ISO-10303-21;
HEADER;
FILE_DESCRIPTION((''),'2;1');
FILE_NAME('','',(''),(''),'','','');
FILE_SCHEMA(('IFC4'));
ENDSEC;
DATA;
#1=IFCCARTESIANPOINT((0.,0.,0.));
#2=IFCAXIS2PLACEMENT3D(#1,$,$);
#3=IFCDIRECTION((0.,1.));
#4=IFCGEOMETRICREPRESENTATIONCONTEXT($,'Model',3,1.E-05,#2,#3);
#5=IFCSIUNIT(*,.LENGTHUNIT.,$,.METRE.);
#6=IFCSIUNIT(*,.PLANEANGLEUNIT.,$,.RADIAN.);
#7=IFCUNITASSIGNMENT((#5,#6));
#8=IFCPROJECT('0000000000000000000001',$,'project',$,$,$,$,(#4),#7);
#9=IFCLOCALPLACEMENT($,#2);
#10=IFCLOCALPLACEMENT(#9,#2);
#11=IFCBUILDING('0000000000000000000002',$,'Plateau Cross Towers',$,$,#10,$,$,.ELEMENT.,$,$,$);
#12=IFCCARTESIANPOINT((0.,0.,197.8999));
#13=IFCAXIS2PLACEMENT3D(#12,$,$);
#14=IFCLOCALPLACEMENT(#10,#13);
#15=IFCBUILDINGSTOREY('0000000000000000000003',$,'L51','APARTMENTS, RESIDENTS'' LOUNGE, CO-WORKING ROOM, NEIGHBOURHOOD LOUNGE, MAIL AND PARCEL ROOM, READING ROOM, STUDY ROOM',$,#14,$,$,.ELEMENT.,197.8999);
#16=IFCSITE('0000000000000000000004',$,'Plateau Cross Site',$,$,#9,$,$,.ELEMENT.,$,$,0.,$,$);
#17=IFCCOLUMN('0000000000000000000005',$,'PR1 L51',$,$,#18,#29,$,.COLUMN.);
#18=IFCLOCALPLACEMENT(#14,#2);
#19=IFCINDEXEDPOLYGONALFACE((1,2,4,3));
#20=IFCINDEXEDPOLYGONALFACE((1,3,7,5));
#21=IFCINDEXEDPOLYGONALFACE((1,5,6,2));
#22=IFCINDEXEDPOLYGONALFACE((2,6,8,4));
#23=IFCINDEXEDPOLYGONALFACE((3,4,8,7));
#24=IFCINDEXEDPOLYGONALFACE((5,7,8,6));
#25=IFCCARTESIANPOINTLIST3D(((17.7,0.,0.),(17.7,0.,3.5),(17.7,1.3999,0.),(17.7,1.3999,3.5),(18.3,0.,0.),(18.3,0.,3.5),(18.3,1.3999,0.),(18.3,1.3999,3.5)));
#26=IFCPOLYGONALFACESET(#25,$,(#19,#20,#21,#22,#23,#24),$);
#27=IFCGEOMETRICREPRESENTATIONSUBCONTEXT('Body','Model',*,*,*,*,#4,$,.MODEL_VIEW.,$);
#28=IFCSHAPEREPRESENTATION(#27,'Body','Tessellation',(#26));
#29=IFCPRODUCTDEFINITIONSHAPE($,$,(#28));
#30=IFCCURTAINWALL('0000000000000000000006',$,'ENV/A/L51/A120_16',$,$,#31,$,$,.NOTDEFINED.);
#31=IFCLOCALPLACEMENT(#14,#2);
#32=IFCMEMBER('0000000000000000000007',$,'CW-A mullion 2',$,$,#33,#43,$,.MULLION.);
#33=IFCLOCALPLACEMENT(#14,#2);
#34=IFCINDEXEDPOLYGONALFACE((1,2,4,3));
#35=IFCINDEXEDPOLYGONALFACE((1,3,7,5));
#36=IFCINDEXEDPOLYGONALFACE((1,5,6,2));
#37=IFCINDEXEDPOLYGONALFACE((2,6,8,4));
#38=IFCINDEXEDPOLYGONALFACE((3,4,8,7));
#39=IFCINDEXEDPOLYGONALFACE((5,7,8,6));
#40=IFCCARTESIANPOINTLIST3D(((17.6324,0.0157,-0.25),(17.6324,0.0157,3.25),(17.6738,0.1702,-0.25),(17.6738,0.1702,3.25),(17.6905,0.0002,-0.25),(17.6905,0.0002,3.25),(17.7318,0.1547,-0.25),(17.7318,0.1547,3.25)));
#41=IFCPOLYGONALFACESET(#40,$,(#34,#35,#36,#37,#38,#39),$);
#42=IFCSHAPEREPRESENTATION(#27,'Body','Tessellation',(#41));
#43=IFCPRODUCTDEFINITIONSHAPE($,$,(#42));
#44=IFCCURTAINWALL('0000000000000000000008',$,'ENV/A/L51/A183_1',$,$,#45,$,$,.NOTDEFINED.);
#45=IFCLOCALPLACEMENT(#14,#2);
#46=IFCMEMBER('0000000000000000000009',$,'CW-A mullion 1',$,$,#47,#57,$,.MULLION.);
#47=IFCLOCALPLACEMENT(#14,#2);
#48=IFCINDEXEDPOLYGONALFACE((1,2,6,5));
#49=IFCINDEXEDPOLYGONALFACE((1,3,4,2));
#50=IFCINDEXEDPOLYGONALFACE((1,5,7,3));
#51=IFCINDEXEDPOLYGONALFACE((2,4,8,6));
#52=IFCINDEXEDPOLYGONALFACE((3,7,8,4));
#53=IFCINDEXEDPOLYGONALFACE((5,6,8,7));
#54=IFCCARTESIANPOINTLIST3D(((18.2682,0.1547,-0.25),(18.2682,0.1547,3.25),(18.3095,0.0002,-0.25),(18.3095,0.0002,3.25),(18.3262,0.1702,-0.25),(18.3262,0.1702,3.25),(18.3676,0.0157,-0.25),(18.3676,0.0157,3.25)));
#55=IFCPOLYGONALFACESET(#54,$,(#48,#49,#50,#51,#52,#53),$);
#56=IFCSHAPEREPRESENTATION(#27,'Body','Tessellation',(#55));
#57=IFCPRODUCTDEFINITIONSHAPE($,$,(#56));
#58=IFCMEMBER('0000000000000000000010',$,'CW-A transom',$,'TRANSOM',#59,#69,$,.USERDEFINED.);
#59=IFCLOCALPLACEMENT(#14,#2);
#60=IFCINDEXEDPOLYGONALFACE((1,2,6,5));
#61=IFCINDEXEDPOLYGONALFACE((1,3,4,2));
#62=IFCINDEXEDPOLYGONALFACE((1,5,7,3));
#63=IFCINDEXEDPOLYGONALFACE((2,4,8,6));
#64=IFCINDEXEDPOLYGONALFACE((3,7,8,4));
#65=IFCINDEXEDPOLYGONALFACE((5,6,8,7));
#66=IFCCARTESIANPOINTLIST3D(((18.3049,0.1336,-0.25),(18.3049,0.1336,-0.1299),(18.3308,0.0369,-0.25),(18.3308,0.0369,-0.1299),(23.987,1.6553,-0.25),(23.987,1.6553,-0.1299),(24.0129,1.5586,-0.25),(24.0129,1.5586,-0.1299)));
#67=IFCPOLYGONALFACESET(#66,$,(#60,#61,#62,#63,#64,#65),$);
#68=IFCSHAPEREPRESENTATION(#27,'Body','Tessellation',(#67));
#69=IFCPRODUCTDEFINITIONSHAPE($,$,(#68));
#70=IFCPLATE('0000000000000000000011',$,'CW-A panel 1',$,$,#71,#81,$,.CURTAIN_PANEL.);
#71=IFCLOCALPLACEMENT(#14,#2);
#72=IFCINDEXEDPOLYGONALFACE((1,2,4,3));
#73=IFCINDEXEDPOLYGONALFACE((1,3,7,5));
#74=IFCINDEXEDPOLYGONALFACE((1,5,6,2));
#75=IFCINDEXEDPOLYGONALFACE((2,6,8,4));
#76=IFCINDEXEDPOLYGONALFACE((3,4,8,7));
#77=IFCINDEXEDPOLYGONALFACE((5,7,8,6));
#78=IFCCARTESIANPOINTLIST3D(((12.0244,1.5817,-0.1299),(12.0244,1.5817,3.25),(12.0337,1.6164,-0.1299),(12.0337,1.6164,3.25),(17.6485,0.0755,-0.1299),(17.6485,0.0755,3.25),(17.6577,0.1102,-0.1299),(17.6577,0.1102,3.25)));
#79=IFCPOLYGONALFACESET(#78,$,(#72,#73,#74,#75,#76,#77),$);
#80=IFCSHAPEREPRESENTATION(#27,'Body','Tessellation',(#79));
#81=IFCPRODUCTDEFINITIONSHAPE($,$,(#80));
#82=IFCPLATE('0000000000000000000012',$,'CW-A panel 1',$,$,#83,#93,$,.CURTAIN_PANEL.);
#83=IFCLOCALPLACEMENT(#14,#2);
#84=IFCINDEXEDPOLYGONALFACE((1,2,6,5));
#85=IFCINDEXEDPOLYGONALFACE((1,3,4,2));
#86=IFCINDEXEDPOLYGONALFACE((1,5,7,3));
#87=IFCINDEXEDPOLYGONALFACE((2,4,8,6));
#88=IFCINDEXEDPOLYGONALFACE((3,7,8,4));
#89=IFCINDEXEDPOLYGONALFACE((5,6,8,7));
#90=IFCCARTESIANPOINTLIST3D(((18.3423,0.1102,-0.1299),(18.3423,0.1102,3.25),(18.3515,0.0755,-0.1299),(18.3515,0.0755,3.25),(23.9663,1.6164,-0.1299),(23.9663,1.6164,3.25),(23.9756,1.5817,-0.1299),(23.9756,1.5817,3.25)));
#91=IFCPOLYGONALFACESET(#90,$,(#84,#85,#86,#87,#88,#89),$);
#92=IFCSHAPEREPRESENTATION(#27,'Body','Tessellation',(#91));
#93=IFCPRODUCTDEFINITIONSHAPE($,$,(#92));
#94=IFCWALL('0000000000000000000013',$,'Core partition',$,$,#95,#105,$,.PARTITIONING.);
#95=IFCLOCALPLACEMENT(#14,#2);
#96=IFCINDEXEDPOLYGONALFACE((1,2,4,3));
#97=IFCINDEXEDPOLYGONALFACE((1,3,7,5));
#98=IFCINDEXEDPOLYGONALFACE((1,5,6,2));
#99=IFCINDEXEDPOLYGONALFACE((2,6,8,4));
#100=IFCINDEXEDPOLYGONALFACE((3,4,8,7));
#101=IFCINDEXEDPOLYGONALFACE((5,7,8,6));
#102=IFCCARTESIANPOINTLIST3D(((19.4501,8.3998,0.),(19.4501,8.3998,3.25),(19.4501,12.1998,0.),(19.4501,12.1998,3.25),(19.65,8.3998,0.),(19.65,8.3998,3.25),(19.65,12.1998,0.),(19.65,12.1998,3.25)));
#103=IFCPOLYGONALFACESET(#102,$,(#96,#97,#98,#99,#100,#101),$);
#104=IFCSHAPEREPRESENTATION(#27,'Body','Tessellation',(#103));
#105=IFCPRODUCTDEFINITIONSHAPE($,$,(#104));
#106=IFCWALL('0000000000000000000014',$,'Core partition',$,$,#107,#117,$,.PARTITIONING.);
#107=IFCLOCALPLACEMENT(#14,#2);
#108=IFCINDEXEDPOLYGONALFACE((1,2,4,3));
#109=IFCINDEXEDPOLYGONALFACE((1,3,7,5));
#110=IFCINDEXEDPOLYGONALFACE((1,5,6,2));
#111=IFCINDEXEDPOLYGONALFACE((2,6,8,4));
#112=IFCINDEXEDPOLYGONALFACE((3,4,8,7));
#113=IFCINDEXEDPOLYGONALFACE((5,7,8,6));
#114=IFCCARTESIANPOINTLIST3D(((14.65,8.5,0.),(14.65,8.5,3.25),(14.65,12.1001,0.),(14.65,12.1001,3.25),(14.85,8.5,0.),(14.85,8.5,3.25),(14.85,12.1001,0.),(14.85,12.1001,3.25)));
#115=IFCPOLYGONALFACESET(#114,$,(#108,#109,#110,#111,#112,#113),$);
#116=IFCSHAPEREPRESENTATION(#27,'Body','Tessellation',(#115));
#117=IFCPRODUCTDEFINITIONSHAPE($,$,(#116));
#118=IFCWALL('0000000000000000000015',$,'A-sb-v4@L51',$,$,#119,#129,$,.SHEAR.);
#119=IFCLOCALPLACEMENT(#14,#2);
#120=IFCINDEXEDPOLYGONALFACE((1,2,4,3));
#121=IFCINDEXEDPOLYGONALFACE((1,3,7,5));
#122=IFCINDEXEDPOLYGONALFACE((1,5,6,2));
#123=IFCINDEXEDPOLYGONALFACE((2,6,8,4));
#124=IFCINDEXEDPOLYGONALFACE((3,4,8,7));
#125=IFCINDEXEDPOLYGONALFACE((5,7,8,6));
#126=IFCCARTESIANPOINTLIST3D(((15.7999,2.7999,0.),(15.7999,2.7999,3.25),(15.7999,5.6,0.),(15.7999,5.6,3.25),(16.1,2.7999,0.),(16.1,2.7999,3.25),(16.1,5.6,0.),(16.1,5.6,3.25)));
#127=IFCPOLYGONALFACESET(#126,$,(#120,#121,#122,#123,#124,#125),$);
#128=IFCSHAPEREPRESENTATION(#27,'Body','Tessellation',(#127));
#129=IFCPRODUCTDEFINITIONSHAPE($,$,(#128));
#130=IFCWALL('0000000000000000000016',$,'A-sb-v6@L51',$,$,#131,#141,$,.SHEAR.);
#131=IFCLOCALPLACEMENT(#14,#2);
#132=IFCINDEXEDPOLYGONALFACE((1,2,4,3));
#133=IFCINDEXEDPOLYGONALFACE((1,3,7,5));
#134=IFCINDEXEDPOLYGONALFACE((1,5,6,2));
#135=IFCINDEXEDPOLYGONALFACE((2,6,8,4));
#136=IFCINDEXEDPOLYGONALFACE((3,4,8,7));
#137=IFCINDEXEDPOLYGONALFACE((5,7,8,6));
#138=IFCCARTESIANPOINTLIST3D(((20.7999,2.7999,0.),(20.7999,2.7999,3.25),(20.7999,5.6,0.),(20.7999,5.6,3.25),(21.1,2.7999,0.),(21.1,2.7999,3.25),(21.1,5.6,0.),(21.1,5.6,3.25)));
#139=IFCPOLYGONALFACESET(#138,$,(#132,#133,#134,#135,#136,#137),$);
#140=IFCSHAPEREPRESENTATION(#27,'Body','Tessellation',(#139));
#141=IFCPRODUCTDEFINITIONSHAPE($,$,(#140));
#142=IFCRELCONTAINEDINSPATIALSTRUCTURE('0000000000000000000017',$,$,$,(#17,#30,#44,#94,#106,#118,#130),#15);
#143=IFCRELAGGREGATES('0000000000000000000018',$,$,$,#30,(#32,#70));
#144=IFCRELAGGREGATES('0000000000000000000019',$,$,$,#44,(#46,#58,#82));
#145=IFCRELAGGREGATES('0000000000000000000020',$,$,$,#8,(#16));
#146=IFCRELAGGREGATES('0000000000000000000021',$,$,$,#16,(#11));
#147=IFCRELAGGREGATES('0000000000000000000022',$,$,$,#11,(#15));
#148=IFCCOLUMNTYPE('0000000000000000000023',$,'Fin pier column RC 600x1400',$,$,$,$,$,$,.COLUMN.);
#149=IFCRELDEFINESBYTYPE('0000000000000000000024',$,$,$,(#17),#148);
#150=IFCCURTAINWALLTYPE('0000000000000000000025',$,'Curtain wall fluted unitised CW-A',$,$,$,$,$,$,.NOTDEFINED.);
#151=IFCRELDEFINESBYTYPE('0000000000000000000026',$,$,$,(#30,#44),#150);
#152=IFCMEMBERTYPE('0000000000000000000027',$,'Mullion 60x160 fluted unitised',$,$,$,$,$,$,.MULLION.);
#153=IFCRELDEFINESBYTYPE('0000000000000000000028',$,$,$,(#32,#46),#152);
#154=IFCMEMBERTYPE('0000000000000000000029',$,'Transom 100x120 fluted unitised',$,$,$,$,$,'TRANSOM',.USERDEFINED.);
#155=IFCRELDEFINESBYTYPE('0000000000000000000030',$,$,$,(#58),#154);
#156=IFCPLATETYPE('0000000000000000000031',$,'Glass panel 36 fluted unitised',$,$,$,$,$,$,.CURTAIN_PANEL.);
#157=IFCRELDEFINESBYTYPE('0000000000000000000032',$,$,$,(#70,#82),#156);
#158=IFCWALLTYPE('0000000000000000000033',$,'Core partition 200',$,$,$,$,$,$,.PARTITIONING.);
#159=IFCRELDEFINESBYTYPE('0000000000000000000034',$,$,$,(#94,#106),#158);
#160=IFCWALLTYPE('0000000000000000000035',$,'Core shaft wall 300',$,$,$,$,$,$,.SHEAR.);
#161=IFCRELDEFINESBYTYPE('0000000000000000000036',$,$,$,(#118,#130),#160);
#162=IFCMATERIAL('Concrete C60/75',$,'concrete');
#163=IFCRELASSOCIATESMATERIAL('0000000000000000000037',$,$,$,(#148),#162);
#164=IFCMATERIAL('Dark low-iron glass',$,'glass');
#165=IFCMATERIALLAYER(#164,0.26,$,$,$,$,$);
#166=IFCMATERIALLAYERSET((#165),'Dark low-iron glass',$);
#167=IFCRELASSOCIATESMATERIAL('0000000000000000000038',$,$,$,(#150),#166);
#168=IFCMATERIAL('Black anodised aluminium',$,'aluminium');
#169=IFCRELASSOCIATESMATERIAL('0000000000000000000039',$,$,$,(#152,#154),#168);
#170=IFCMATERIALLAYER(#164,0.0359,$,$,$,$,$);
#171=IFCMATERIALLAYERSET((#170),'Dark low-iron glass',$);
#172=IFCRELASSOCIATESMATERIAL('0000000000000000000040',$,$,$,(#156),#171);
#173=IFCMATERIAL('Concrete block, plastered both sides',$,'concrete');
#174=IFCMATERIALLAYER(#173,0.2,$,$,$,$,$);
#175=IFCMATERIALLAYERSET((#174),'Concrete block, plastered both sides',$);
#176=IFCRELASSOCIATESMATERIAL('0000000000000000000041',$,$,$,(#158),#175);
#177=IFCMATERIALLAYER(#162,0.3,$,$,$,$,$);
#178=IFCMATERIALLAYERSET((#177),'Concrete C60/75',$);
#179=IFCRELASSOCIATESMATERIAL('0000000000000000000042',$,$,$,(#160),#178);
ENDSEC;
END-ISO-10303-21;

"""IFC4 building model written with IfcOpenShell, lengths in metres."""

from ifc_helpers import new_model, si_unit, direction, frame, frame_2d, origin, origin_2d, place, context, subcontext, project, spatial, rectangle, extrude, material, layer, layer_set, material_profile, profile_set, type_object, element, aggregate, save


model = new_model("IFC4")

# Units and contexts
model_context = context("Model", 3, precision=1e-05, world=origin(), true_north=direction((0.0, 1.0)))
body_context = subcontext(model_context, "Body", "Model", "MODEL_VIEW")
ifc_project = project(units=[si_unit("LENGTHUNIT", "METRE"), si_unit("PLANEANGLEUNIT", "RADIAN")], contexts=[model_context])

# Site, building, storey
site_placement = place(None, origin())
site = spatial("IfcSite", under=ifc_project, at=site_placement, Name="Plateau Cross Site", CompositionType="ELEMENT", RefElevation=0.0)
building_placement = place(site_placement, origin())
building = spatial("IfcBuilding", under=site, at=building_placement, Name="Plateau Cross Towers", CompositionType="ELEMENT")
storey_placement = place(building_placement, frame((0.0, 0.0, 197.8999)))
storey = spatial("IfcBuildingStorey", under=building, at=storey_placement, Name="L51", Description="APARTMENTS, RESIDENTS' LOUNGE, CO-WORKING ROOM, NEIGHBOURHOOD LOUNGE, MAIL AND PARCEL ROOM, READING ROOM, STUDY ROOM", CompositionType="ELEMENT", Elevation=197.8999)

# Column
ifc_material_1 = material(Name="Concrete C60/75", Category="concrete")
ifc_material_profile_1 = material_profile(ifc_material_1, rectangle(XDim=0.6001, YDim=1.3999, at=origin_2d()), Name="RC 600x1400")
ifc_profile_set_1 = profile_set([ifc_material_profile_1], Name="Concrete C60/75")
column_type = type_object("IfcColumnType", Name="Fin pier column RC 600x1400", PredefinedType="COLUMN", material=ifc_profile_set_1)
column_placement = place(storey_placement, frame((18.0, 0.7, 0.0), z_axis=(0.0, 0.0, 1.0), x_axis=(1.0, 0.0, 0.0)))
element("IfcColumn", 1, at=column_placement, inside=storey, type_object=column_type, Name="PR1 L51", PredefinedType="COLUMN", context=body_context, shape_type="SweptSolid", body=[
    extrude(rectangle(XDim=0.6001, YDim=1.3999, at=origin_2d()), origin(), (0.0, 0.0, 1.0), 3.5),
])

# Curtain wall, member
ifc_material_2 = material(Name="Dark low-iron glass", Category="glass")
ifc_layer_1 = layer(ifc_material_2, 0.26)
ifc_layer_set_1 = layer_set([ifc_layer_1], Name="Dark low-iron glass")
curtain_wall_type = type_object("IfcCurtainWallType", Name="Curtain wall fluted unitised CW-A", PredefinedType="NOTDEFINED", material=ifc_layer_set_1)
curtain_wall_1_placement = place(storey_placement, origin())
curtain_wall_1 = element("IfcCurtainWall", 2, at=curtain_wall_1_placement, inside=storey, type_object=curtain_wall_type, Name="ENV/A/L51/A120_16", PredefinedType="NOTDEFINED")
ifc_material_3 = material(Name="Black anodised aluminium", Category="aluminium")
ifc_material_profile_2 = material_profile(ifc_material_3, rectangle(XDim=0.0601, YDim=0.1599, at=origin_2d()), Name="MULLION 60x160")
ifc_profile_set_2 = profile_set([ifc_material_profile_2], Name="Black anodised aluminium")
member_type_1 = type_object("IfcMemberType", Name="Mullion 60x160 fluted unitised", PredefinedType="MULLION", material=ifc_profile_set_2)
member_1_placement = place(storey_placement, frame((17.6821, 0.0852, -0.25), z_axis=(0.0, 0.0, 1.0), x_axis=(0.965958, -0.258699, 0.0)))
member_1 = element("IfcMember", 3, at=member_1_placement, type_object=member_type_1, Name="CW-A mullion 2", PredefinedType="MULLION", context=body_context, shape_type="SweptSolid", body=[
    extrude(rectangle(XDim=0.0601, YDim=0.1599, at=origin_2d()), origin(), (0.0, 0.0, 1.0), 3.5),
])

# Curtain wall, members
curtain_wall_2_placement = place(storey_placement, origin())
curtain_wall_2 = element("IfcCurtainWall", 4, at=curtain_wall_2_placement, inside=storey, type_object=curtain_wall_type, Name="ENV/A/L51/A183_1", PredefinedType="NOTDEFINED")
member_2_placement = place(storey_placement, frame((18.3179, 0.0852, -0.25), z_axis=(0.0, 0.0, 1.0), x_axis=(0.965958, 0.258699, 0.0)))
member_2 = element("IfcMember", 5, at=member_2_placement, type_object=member_type_1, Name="CW-A mullion 1", PredefinedType="MULLION", context=body_context, shape_type="SweptSolid", body=[
    extrude(rectangle(XDim=0.0601, YDim=0.1599, at=origin_2d()), origin(), (0.0, 0.0, 1.0), 3.5),
])
ifc_material_profile_3 = material_profile(ifc_material_3, rectangle(XDim=0.1001, YDim=0.1201, at=origin_2d()), Name="TRANSOM 100x120")
ifc_profile_set_3 = profile_set([ifc_material_profile_3], Name="Black anodised aluminium")
member_type_2 = type_object("IfcMemberType", Name="Transom 100x120 fluted unitised", ElementType="TRANSOM", PredefinedType="USERDEFINED", material=ifc_profile_set_3)
member_3_placement = place(storey_placement, frame((18.3179, 0.0852, -0.1899), z_axis=(0.96596, 0.258693, 0.0), x_axis=(-0.258693, 0.96596, 0.0)))
member_3 = element("IfcMember", 6, at=member_3_placement, type_object=member_type_2, Name="CW-A transom", ObjectType="TRANSOM", PredefinedType="USERDEFINED", context=body_context, shape_type="SweptSolid", body=[
    extrude(rectangle(XDim=0.1001, YDim=0.1201, at=origin_2d()), origin(), (0.0, 0.0, 1.0), 5.8823),
])

# Plates
ifc_layer_2 = layer(ifc_material_2, 0.0359)
ifc_layer_set_2 = layer_set([ifc_layer_2], Name="Dark low-iron glass")
plate_type = type_object("IfcPlateType", Name="Glass panel 36 fluted unitised", PredefinedType="CURTAIN_PANEL", material=ifc_layer_set_2)
plate_1_placement = place(storey_placement, frame((14.8411, 0.8459, -0.1299), z_axis=(0.0, 0.0, 1.0), x_axis=(0.965958, -0.258699, 0.0)))
plate_1 = element("IfcPlate", 7, at=plate_1_placement, type_object=plate_type, Name="CW-A panel 1", PredefinedType="CURTAIN_PANEL", context=body_context, shape_type="SweptSolid", body=[
    extrude(rectangle(XDim=5.8223, YDim=0.0359, at=origin_2d()), origin(), (0.0, 0.0, 1.0), 3.3799),
])
aggregate(curtain_wall_1, [member_1, plate_1])
plate_2_placement = place(storey_placement, frame((21.1589, 0.8459, -0.1299), z_axis=(0.0, 0.0, 1.0), x_axis=(0.965958, 0.258699, 0.0)))
plate_2 = element("IfcPlate", 8, at=plate_2_placement, type_object=plate_type, Name="CW-A panel 1", PredefinedType="CURTAIN_PANEL", context=body_context, shape_type="SweptSolid", body=[
    extrude(rectangle(XDim=5.8223, YDim=0.0359, at=origin_2d()), origin(), (0.0, 0.0, 1.0), 3.3799),
])
aggregate(curtain_wall_2, [member_2, member_3, plate_2])

# Walls
ifc_material_4 = material(Name="Concrete block, plastered both sides", Category="concrete")
ifc_layer_3 = layer(ifc_material_4, 0.2)
ifc_layer_set_3 = layer_set([ifc_layer_3], Name="Concrete block, plastered both sides")
wall_type_1 = type_object("IfcWallType", Name="Core partition 200", PredefinedType="PARTITIONING", material=ifc_layer_set_3)
wall_1_placement = place(storey_placement, frame((19.55, 8.3999, 0.0), z_axis=(0.0, 0.0, 1.0), x_axis=(0.0, 1.0, 0.0)))
element("IfcWall", 9, at=wall_1_placement, inside=storey, type_object=wall_type_1, Name="Core partition", PredefinedType="PARTITIONING", context=body_context, shape_type="SweptSolid", body=[
    extrude(rectangle(XDim=3.8, YDim=0.2, at=frame_2d((1.8999, 0.0))), origin(), (0.0, 0.0, 1.0), 3.25),
])
wall_2_placement = place(storey_placement, frame((14.75, 8.5, 0.0), z_axis=(0.0, 0.0, 1.0), x_axis=(0.0, 1.0, 0.0)))
element("IfcWall", 10, at=wall_2_placement, inside=storey, type_object=wall_type_1, Name="Core partition", PredefinedType="PARTITIONING", context=body_context, shape_type="SweptSolid", body=[
    extrude(rectangle(XDim=3.6001, YDim=0.2, at=frame_2d((1.8, 0.0))), origin(), (0.0, 0.0, 1.0), 3.25),
])
ifc_layer_4 = layer(ifc_material_1, 0.3)
ifc_layer_set_4 = layer_set([ifc_layer_4], Name="Concrete C60/75")
wall_type_2 = type_object("IfcWallType", Name="Core shaft wall 300", PredefinedType="SHEAR", material=ifc_layer_set_4)
for number, where, z_axis, x_axis, name in (
    (11, (15.95, 2.8, 0.0), (0.0, 0.0, 1.0), (0.0, 1.0, 0.0), "A-sb-v4@L51"),
    (12, (20.95, 2.8, 0.0), (0.0, 0.0, 1.0), (0.0, 1.0, 0.0), "A-sb-v6@L51"),
):
    element("IfcWall", number, at=place(storey_placement, frame(where, z_axis=z_axis, x_axis=x_axis)), inside=storey, type_object=wall_type_2, Name=name, PredefinedType="SHEAR", context=body_context, shape_type="SweptSolid", body=[
        extrude(rectangle(XDim=2.8, YDim=0.3, at=frame_2d((1.3999, 0.0))), origin(), (0.0, 0.0, 1.0), 3.25),
    ])

save(model, "model.ifc")
